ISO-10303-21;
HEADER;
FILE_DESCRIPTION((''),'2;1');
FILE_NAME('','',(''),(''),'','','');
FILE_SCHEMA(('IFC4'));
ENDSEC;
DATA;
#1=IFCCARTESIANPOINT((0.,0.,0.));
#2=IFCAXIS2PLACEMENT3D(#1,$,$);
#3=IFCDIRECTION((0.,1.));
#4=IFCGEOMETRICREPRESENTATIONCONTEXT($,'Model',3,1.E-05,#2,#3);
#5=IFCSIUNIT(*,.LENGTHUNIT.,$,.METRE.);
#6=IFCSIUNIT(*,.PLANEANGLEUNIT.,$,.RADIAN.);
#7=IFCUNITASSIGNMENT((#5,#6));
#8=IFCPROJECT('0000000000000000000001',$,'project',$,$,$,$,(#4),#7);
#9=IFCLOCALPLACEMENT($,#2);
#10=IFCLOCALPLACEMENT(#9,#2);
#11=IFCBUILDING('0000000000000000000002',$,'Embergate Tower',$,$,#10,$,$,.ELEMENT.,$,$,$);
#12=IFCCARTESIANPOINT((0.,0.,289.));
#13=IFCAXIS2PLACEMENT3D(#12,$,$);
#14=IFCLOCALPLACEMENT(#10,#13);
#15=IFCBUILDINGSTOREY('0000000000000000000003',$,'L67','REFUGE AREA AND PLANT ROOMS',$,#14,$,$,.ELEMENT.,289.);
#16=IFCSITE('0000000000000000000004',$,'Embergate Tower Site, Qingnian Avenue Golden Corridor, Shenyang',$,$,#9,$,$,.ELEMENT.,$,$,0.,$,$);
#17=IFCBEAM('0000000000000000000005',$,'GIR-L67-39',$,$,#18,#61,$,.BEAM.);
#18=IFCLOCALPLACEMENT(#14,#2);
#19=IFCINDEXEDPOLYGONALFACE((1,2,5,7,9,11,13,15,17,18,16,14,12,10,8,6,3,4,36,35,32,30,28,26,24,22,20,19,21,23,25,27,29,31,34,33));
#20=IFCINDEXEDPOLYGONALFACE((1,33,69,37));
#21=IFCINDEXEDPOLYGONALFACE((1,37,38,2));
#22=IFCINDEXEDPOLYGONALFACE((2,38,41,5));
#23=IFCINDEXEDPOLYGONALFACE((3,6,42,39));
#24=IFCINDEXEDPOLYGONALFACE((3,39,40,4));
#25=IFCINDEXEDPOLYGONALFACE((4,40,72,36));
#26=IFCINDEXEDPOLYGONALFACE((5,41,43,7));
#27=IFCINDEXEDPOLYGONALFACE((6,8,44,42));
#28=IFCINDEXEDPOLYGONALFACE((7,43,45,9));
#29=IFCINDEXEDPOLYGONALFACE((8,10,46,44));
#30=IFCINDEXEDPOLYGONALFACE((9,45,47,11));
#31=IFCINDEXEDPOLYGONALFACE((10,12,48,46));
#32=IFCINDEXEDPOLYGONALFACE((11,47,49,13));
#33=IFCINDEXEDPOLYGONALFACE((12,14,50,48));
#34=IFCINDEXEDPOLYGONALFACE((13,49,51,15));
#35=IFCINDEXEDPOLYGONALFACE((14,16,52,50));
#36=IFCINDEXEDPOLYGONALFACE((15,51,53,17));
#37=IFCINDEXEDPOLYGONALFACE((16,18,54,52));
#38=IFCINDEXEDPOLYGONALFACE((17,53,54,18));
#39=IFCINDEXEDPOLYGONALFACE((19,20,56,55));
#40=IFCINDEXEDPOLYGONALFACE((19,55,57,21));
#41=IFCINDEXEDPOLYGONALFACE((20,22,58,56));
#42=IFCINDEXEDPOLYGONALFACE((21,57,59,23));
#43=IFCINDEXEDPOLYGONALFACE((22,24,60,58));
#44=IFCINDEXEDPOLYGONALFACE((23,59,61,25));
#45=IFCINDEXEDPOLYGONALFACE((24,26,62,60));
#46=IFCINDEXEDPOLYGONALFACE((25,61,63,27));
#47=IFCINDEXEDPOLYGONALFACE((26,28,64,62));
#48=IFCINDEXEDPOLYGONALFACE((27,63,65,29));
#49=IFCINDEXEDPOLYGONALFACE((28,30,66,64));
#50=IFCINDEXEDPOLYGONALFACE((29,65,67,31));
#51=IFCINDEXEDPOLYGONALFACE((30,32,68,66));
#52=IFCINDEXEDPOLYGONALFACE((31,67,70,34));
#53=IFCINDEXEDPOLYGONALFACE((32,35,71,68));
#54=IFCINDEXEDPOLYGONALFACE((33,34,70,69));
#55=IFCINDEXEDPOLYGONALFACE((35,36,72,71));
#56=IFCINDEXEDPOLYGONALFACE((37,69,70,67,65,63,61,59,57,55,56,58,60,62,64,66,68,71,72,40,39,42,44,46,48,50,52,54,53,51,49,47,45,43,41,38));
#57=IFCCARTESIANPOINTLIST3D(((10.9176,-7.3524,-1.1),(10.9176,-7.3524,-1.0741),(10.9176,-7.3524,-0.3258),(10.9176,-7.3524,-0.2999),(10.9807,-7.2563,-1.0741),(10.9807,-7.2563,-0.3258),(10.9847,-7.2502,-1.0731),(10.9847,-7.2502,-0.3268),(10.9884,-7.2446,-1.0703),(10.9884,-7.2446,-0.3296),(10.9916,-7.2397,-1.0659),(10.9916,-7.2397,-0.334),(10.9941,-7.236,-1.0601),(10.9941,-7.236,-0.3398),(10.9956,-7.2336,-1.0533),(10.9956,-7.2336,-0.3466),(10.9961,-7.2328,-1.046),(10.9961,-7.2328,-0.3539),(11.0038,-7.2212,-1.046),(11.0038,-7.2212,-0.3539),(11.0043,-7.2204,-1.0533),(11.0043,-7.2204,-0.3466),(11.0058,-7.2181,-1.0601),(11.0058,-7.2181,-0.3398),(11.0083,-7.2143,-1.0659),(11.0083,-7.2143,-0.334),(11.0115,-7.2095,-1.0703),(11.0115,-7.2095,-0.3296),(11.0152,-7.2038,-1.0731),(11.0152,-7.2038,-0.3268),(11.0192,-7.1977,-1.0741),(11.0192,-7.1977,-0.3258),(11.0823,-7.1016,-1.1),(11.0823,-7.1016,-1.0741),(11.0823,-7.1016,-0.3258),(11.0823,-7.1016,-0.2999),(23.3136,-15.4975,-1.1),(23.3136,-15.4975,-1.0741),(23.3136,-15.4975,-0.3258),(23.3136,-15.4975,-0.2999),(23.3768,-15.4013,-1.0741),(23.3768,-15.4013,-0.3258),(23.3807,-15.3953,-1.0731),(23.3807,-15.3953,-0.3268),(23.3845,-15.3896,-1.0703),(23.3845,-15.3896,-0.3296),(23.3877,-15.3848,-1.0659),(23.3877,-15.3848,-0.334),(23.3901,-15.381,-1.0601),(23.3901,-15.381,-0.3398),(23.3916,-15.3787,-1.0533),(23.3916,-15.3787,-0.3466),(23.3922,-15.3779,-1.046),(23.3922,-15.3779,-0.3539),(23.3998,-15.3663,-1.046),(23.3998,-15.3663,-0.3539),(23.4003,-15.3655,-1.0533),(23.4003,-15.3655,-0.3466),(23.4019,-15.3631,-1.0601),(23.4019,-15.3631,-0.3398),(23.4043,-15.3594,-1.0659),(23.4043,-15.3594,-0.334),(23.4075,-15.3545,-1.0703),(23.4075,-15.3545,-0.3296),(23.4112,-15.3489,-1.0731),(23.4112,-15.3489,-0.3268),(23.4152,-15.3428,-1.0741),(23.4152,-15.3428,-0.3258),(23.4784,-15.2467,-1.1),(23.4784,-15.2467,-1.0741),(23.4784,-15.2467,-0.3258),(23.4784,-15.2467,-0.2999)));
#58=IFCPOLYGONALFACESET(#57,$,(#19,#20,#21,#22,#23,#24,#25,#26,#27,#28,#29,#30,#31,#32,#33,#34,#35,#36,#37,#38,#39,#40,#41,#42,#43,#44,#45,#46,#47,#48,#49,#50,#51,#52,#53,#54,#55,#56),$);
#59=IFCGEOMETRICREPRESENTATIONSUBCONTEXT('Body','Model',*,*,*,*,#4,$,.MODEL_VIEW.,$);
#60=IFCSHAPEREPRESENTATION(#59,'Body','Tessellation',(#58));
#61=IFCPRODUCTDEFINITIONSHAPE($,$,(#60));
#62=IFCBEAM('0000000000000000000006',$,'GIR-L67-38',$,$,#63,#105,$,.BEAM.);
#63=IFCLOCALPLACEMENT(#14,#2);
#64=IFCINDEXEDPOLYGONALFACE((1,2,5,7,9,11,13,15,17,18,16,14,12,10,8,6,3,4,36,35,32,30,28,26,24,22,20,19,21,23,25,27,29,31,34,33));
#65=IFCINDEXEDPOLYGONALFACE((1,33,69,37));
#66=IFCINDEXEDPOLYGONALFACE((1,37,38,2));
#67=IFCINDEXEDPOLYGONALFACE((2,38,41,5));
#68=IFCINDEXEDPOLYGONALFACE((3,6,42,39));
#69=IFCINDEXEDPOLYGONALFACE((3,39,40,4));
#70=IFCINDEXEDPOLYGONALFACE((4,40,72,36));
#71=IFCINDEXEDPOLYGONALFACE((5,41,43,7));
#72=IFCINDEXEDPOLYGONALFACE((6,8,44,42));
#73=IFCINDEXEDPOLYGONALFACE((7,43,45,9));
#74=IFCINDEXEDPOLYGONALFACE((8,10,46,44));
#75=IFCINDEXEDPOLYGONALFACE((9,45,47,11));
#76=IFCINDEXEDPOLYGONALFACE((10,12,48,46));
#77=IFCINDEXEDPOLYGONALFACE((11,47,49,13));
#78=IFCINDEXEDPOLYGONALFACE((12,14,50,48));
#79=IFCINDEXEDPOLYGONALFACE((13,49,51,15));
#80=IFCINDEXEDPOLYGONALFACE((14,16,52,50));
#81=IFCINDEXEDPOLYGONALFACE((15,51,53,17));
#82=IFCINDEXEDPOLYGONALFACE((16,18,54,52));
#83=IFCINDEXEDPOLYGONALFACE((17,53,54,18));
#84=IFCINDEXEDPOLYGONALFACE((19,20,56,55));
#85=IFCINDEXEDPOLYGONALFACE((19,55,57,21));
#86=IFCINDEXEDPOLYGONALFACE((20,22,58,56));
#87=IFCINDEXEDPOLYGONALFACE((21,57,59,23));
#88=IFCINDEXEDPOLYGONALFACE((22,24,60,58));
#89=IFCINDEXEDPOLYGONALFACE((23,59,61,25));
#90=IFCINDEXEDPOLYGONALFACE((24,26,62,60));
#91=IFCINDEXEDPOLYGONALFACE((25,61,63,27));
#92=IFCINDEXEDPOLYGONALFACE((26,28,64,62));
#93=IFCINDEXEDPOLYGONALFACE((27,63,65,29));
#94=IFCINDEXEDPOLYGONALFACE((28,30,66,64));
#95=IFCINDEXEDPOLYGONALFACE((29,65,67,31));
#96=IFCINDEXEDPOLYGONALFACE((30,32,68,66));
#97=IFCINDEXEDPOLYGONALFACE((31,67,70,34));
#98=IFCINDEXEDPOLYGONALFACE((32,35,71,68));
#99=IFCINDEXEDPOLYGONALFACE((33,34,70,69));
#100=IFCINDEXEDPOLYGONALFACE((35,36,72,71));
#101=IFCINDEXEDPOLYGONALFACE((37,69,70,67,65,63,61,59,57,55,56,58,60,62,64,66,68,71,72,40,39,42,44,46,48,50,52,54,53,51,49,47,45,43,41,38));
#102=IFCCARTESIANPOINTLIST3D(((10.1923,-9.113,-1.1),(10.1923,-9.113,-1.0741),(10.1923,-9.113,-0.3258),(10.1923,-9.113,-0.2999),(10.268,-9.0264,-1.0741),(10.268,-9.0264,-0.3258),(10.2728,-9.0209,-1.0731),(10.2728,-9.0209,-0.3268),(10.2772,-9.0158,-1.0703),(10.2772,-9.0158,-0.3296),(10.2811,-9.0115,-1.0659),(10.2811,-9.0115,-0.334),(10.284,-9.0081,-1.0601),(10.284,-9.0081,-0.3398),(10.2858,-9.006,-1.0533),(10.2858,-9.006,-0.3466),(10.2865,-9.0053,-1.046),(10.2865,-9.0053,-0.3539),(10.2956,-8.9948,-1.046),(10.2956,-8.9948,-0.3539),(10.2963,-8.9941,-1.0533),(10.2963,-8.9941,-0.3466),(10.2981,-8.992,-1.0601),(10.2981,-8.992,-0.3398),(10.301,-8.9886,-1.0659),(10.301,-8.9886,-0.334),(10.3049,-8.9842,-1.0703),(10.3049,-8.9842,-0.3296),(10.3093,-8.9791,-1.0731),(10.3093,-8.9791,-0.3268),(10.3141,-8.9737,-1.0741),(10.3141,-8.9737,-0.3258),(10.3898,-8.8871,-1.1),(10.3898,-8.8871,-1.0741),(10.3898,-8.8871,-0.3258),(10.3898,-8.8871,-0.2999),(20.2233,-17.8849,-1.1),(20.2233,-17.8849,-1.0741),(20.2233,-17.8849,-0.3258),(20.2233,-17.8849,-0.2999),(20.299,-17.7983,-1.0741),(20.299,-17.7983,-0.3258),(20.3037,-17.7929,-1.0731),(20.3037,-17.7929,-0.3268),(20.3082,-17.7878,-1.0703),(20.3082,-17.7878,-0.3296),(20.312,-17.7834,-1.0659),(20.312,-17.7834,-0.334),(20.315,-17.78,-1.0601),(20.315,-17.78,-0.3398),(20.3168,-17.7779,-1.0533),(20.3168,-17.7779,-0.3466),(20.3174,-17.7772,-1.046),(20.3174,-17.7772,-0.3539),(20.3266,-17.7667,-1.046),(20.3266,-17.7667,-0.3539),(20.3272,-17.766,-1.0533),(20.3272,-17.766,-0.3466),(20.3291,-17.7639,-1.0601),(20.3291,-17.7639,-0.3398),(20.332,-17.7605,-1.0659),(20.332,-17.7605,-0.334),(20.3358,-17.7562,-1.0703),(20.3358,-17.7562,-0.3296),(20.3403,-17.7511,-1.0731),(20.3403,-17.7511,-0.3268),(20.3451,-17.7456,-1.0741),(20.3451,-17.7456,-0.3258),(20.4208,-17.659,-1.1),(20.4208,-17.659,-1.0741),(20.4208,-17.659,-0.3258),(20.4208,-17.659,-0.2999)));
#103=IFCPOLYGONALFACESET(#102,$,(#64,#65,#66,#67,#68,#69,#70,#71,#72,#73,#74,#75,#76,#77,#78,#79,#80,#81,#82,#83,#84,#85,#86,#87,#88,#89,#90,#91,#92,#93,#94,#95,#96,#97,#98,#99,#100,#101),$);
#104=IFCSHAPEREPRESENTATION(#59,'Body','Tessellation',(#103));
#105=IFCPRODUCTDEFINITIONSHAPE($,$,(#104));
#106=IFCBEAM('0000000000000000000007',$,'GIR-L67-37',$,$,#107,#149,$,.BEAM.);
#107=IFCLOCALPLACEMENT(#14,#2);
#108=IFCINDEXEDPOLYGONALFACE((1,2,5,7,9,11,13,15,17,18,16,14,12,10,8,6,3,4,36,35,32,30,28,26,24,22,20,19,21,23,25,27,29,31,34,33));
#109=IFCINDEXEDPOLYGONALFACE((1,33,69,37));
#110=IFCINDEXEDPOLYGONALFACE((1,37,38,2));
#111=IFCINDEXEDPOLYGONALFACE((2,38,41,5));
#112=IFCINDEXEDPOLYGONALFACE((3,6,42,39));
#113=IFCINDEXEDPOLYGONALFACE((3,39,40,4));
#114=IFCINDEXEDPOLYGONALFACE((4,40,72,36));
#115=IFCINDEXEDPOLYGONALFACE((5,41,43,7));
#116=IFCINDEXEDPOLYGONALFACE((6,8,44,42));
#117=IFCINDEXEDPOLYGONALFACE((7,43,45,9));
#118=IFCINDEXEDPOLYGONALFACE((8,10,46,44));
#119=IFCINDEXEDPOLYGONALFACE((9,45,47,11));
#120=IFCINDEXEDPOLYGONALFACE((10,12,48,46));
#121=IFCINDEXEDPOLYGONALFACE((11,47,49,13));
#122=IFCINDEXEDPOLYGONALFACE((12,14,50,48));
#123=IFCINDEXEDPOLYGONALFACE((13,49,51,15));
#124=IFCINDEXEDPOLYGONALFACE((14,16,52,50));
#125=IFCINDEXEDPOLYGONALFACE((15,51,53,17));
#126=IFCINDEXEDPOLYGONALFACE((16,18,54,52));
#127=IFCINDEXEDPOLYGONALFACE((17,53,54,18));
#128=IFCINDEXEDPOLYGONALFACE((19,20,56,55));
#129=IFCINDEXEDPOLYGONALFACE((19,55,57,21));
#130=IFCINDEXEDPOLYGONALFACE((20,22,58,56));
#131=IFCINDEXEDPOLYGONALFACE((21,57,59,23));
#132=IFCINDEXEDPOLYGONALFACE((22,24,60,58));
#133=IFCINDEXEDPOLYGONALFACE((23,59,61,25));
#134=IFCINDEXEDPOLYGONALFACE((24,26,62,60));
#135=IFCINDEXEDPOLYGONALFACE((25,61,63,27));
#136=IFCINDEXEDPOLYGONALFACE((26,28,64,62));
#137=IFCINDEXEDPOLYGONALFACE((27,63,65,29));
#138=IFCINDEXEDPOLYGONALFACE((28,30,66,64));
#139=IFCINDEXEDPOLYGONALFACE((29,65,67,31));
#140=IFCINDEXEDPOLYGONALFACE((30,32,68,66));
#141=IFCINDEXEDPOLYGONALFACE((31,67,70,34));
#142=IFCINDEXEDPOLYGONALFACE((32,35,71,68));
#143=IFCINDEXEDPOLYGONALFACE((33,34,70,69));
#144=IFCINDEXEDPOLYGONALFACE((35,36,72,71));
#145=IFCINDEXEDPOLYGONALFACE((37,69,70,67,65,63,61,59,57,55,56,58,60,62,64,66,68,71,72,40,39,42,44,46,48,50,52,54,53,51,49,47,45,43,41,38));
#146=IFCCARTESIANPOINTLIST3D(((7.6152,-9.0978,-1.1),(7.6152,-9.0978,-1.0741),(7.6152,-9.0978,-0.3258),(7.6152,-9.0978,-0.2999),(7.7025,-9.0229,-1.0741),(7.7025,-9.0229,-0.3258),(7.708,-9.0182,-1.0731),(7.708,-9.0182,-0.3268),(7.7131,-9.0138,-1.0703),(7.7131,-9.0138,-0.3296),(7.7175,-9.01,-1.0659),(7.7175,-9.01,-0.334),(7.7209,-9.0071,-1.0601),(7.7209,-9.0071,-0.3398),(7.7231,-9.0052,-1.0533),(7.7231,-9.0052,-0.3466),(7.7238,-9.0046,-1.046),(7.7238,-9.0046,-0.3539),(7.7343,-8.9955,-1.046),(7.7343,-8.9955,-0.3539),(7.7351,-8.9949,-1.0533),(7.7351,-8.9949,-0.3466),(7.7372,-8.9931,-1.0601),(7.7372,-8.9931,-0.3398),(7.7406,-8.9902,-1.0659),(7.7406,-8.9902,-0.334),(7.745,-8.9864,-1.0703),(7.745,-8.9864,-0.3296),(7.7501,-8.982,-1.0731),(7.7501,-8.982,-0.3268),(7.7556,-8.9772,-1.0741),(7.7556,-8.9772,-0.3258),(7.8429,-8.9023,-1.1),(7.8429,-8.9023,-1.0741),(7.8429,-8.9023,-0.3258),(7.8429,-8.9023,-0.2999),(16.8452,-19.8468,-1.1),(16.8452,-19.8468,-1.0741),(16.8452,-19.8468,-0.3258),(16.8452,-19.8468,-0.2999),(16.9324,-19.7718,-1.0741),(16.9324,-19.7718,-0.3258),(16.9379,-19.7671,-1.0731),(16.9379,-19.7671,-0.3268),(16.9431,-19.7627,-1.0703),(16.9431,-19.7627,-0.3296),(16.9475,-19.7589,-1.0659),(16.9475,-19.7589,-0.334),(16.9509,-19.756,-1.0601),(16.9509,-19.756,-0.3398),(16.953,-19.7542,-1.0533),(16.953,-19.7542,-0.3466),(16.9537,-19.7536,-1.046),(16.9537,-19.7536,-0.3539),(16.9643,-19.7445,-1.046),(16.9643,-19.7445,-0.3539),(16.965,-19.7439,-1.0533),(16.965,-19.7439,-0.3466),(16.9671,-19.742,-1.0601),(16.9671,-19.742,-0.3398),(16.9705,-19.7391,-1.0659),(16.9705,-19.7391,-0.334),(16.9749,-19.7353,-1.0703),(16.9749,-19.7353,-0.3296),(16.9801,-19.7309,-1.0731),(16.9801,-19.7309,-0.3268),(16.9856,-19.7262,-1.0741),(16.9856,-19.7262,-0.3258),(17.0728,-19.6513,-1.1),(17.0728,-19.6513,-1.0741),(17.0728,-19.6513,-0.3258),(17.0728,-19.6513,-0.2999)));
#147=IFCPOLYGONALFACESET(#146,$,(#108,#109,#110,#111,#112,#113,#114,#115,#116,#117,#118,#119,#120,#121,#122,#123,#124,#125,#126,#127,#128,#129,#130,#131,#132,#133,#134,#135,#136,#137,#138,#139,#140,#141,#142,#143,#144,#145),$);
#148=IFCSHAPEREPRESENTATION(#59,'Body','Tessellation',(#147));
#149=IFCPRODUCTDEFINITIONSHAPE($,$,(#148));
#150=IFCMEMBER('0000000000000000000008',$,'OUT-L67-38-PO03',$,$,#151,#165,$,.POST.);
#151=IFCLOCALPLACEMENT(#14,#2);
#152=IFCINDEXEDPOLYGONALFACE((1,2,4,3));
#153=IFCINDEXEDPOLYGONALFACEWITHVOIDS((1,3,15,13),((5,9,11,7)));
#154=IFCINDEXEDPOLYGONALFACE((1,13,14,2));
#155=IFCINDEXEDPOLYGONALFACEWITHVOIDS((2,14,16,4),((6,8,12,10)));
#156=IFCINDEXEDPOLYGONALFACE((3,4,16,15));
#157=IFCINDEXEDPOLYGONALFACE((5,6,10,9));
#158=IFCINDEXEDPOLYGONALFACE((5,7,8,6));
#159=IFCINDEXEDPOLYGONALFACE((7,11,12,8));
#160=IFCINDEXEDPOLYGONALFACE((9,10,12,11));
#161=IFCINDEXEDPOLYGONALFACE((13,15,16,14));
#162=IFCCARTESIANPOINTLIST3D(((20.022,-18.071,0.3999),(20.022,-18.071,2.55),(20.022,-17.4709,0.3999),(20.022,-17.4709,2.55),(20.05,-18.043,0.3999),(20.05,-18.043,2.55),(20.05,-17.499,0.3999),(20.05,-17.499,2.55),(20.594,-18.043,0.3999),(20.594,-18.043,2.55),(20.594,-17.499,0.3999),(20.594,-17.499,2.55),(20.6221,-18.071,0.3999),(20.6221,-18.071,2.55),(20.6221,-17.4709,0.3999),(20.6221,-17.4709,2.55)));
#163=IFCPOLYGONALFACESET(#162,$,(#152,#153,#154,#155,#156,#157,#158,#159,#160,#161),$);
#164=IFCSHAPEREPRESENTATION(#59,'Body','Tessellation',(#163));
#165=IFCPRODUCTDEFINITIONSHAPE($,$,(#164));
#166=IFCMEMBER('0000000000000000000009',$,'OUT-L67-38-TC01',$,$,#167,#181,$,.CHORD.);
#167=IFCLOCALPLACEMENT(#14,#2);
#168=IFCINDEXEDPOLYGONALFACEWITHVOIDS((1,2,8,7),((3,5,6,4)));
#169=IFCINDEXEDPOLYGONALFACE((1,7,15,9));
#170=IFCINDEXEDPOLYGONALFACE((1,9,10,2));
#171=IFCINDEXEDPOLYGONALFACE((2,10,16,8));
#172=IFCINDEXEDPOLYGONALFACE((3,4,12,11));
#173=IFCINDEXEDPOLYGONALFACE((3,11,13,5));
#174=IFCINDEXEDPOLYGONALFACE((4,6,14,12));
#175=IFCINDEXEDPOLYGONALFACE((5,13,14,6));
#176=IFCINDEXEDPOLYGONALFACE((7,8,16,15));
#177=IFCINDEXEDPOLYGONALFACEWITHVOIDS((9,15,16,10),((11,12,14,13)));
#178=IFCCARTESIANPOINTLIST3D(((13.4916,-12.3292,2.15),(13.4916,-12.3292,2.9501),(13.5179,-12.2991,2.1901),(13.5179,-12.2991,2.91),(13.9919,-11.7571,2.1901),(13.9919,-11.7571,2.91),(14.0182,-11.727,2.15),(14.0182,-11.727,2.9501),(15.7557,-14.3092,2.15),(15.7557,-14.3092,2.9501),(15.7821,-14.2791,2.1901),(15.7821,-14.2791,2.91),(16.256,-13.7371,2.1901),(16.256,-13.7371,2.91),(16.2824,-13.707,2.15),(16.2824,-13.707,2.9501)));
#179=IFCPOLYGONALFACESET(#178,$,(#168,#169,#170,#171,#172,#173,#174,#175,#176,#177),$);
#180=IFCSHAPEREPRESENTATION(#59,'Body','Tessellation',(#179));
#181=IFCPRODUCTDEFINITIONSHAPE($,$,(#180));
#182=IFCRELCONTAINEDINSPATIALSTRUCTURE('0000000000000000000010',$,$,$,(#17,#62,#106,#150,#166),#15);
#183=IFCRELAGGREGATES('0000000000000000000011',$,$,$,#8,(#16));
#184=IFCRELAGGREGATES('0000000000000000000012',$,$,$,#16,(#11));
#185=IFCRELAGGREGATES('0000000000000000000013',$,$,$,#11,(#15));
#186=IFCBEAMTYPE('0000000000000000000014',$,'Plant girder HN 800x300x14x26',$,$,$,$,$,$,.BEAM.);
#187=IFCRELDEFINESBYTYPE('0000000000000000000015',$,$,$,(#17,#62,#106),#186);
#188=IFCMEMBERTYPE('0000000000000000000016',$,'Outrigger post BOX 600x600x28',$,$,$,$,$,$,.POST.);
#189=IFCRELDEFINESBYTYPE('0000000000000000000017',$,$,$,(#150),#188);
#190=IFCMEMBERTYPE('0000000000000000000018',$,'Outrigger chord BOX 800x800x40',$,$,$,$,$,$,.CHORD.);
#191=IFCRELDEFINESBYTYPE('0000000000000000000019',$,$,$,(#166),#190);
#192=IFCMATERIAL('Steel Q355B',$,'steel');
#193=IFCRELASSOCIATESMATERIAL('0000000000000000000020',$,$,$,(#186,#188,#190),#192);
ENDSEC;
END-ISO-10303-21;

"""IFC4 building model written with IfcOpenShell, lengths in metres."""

from ifc_helpers import new_model, si_unit, direction, frame, origin, origin_2d, place, context, subcontext, project, spatial, hollow_rectangle, i_section, extrude, source, transform, mapped, material, material_profile, profile_set, type_object, element, save


model = new_model("IFC4")

# Units and contexts
model_context = context("Model", 3, precision=1e-05, world=origin(), true_north=direction((0.0, 1.0)))
body_context = subcontext(model_context, "Body", "Model", "MODEL_VIEW")
ifc_project = project(units=[si_unit("LENGTHUNIT", "METRE"), si_unit("PLANEANGLEUNIT", "RADIAN")], contexts=[model_context])

# Site, building, storey
site_placement = place(None, origin())
site = spatial("IfcSite", under=ifc_project, at=site_placement, Name="Embergate Tower Site, Qingnian Avenue Golden Corridor, Shenyang", CompositionType="ELEMENT", RefElevation=0.0)
building_placement = place(site_placement, origin())
building = spatial("IfcBuilding", under=site, at=building_placement, Name="Embergate Tower", CompositionType="ELEMENT")
storey_placement = place(building_placement, frame((0.0, 0.0, 289.0)))
storey = spatial("IfcBuildingStorey", under=building, at=storey_placement, Name="L67", Description="REFUGE AREA AND PLANT ROOMS", CompositionType="ELEMENT", Elevation=289.0)

# Beams
ifc_material_1 = material(Name="Steel Q355B", Category="steel")
ifc_material_profile_1 = material_profile(ifc_material_1, i_section(OverallWidth=0.3, OverallDepth=0.8, WebThickness=0.0139, FlangeThickness=0.0259, FilletRadius=0.0281, at=origin_2d()), Name="HN 800x300x14x26")
ifc_profile_set_1 = profile_set([ifc_material_profile_1], Name="Steel Q355 grade B")
beam_type_1 = type_object("IfcBeamType", Name="Plant girder HN 800x300x14x26", PredefinedType="BEAM", material=ifc_profile_set_1)
shared_shape_1 = source(origin(), body_context, "Body", "SweptSolid", [
    extrude(i_section(OverallWidth=0.3, OverallDepth=0.8, WebThickness=0.0139, FlangeThickness=0.0259, FilletRadius=0.0281, at=origin_2d()), origin(), (0.0, 0.0, 1.0), 14.8325),
])
beam_1_placement = place(storey_placement, frame((23.396, -15.3721, -0.7), z_axis=(-0.835734, 0.549135, 0.0), x_axis=(-0.549135, -0.835734, 0.0)))
element("IfcBeam", 1, at=beam_1_placement, inside=storey, type_object=beam_type_1, Name="GIR-L67-39", PredefinedType="BEAM", context=body_context, shape_type="MappedRepresentation", body=[
    mapped(shared_shape_1, transform((0.0, 0.0, 0.0))),
])
shared_shape_2 = source(origin(), body_context, "Body", "SweptSolid", [
    extrude(i_section(OverallWidth=0.3, OverallDepth=0.8, WebThickness=0.0139, FlangeThickness=0.0259, FilletRadius=0.0281, at=origin_2d()), origin(), (0.0, 0.0, 1.0), 13.3254),
])
beam_2_placement = place(storey_placement, frame((20.322, -17.772, -0.7), z_axis=(-0.752768, 0.658285, 0.0), x_axis=(-0.658285, -0.752768, 0.0)))
element("IfcBeam", 2, at=beam_2_placement, inside=storey, type_object=beam_type_1, Name="GIR-L67-38", PredefinedType="BEAM", context=body_context, shape_type="MappedRepresentation", body=[
    mapped(shared_shape_2, transform((0.0, 0.0, 0.0))),
])
shared_shape_3 = source(origin(), body_context, "Body", "SweptSolid", [
    extrude(i_section(OverallWidth=0.3, OverallDepth=0.8, WebThickness=0.0139, FlangeThickness=0.0259, FilletRadius=0.0281, at=origin_2d()), origin(), (0.0, 0.0, 1.0), 14.168),
])
beam_3_placement = place(storey_placement, frame((16.959, -19.749, -0.7), z_axis=(-0.651464, 0.75868, 0.0), x_axis=(-0.75868, -0.651464, 0.0)))
element("IfcBeam", 3, at=beam_3_placement, inside=storey, type_object=beam_type_1, Name="GIR-L67-37", PredefinedType="BEAM", context=body_context, shape_type="MappedRepresentation", body=[
    mapped(shared_shape_3, transform((0.0, 0.0, 0.0))),
])

# Members
ifc_material_profile_2 = material_profile(ifc_material_1, hollow_rectangle(XDim=0.6001, YDim=0.6001, WallThickness=0.0281, at=origin_2d()), Name="BOX 600x600x28")
ifc_profile_set_2 = profile_set([ifc_material_profile_2], Name="Steel Q355 grade B")
member_type_1 = type_object("IfcMemberType", Name="Outrigger post BOX 600x600x28", PredefinedType="POST", material=ifc_profile_set_2)
shared_shape_4 = source(origin(), body_context, "Body", "SweptSolid", [
    extrude(hollow_rectangle(XDim=0.6001, YDim=0.6001, WallThickness=0.0281, at=origin_2d()), origin(), (0.0, 0.0, 1.0), 2.1501),
])
member_1_placement = place(storey_placement, frame((20.322, -17.771, 0.3999), z_axis=(0.0, 0.0, 1.0), x_axis=(1.0, 0.0, 0.0)))
element("IfcMember", 4, at=member_1_placement, inside=storey, type_object=member_type_1, Name="OUT-L67-38-PO03", PredefinedType="POST", context=body_context, shape_type="MappedRepresentation", body=[
    mapped(shared_shape_4, transform((0.0, 0.0, 0.0))),
])
ifc_material_profile_3 = material_profile(ifc_material_1, hollow_rectangle(XDim=0.8, YDim=0.8, WallThickness=0.04, at=origin_2d()), Name="BOX 800x800x40")
ifc_profile_set_3 = profile_set([ifc_material_profile_3], Name="Steel Q355 grade B")
member_type_2 = type_object("IfcMemberType", Name="Outrigger chord BOX 800x800x40", PredefinedType="CHORD", material=ifc_profile_set_3)
shared_shape_5 = source(origin(), body_context, "Body", "SweptSolid", [
    extrude(hollow_rectangle(XDim=0.8, YDim=0.8, WallThickness=0.04, at=origin_2d()), origin(), (0.0, 0.0, 1.0), 3.0078),
])
member_2_placement = place(storey_placement, frame((13.7549, -12.0281, 2.55), z_axis=(0.752768, -0.658286, 0.0), x_axis=(0.658286, 0.752768, 0.0)))
element("IfcMember", 5, at=member_2_placement, inside=storey, type_object=member_type_2, Name="OUT-L67-38-TC01", PredefinedType="CHORD", context=body_context, shape_type="MappedRepresentation", body=[
    mapped(shared_shape_5, transform((0.0, 0.0, 0.0))),
])

save(model, "model.ifc")
